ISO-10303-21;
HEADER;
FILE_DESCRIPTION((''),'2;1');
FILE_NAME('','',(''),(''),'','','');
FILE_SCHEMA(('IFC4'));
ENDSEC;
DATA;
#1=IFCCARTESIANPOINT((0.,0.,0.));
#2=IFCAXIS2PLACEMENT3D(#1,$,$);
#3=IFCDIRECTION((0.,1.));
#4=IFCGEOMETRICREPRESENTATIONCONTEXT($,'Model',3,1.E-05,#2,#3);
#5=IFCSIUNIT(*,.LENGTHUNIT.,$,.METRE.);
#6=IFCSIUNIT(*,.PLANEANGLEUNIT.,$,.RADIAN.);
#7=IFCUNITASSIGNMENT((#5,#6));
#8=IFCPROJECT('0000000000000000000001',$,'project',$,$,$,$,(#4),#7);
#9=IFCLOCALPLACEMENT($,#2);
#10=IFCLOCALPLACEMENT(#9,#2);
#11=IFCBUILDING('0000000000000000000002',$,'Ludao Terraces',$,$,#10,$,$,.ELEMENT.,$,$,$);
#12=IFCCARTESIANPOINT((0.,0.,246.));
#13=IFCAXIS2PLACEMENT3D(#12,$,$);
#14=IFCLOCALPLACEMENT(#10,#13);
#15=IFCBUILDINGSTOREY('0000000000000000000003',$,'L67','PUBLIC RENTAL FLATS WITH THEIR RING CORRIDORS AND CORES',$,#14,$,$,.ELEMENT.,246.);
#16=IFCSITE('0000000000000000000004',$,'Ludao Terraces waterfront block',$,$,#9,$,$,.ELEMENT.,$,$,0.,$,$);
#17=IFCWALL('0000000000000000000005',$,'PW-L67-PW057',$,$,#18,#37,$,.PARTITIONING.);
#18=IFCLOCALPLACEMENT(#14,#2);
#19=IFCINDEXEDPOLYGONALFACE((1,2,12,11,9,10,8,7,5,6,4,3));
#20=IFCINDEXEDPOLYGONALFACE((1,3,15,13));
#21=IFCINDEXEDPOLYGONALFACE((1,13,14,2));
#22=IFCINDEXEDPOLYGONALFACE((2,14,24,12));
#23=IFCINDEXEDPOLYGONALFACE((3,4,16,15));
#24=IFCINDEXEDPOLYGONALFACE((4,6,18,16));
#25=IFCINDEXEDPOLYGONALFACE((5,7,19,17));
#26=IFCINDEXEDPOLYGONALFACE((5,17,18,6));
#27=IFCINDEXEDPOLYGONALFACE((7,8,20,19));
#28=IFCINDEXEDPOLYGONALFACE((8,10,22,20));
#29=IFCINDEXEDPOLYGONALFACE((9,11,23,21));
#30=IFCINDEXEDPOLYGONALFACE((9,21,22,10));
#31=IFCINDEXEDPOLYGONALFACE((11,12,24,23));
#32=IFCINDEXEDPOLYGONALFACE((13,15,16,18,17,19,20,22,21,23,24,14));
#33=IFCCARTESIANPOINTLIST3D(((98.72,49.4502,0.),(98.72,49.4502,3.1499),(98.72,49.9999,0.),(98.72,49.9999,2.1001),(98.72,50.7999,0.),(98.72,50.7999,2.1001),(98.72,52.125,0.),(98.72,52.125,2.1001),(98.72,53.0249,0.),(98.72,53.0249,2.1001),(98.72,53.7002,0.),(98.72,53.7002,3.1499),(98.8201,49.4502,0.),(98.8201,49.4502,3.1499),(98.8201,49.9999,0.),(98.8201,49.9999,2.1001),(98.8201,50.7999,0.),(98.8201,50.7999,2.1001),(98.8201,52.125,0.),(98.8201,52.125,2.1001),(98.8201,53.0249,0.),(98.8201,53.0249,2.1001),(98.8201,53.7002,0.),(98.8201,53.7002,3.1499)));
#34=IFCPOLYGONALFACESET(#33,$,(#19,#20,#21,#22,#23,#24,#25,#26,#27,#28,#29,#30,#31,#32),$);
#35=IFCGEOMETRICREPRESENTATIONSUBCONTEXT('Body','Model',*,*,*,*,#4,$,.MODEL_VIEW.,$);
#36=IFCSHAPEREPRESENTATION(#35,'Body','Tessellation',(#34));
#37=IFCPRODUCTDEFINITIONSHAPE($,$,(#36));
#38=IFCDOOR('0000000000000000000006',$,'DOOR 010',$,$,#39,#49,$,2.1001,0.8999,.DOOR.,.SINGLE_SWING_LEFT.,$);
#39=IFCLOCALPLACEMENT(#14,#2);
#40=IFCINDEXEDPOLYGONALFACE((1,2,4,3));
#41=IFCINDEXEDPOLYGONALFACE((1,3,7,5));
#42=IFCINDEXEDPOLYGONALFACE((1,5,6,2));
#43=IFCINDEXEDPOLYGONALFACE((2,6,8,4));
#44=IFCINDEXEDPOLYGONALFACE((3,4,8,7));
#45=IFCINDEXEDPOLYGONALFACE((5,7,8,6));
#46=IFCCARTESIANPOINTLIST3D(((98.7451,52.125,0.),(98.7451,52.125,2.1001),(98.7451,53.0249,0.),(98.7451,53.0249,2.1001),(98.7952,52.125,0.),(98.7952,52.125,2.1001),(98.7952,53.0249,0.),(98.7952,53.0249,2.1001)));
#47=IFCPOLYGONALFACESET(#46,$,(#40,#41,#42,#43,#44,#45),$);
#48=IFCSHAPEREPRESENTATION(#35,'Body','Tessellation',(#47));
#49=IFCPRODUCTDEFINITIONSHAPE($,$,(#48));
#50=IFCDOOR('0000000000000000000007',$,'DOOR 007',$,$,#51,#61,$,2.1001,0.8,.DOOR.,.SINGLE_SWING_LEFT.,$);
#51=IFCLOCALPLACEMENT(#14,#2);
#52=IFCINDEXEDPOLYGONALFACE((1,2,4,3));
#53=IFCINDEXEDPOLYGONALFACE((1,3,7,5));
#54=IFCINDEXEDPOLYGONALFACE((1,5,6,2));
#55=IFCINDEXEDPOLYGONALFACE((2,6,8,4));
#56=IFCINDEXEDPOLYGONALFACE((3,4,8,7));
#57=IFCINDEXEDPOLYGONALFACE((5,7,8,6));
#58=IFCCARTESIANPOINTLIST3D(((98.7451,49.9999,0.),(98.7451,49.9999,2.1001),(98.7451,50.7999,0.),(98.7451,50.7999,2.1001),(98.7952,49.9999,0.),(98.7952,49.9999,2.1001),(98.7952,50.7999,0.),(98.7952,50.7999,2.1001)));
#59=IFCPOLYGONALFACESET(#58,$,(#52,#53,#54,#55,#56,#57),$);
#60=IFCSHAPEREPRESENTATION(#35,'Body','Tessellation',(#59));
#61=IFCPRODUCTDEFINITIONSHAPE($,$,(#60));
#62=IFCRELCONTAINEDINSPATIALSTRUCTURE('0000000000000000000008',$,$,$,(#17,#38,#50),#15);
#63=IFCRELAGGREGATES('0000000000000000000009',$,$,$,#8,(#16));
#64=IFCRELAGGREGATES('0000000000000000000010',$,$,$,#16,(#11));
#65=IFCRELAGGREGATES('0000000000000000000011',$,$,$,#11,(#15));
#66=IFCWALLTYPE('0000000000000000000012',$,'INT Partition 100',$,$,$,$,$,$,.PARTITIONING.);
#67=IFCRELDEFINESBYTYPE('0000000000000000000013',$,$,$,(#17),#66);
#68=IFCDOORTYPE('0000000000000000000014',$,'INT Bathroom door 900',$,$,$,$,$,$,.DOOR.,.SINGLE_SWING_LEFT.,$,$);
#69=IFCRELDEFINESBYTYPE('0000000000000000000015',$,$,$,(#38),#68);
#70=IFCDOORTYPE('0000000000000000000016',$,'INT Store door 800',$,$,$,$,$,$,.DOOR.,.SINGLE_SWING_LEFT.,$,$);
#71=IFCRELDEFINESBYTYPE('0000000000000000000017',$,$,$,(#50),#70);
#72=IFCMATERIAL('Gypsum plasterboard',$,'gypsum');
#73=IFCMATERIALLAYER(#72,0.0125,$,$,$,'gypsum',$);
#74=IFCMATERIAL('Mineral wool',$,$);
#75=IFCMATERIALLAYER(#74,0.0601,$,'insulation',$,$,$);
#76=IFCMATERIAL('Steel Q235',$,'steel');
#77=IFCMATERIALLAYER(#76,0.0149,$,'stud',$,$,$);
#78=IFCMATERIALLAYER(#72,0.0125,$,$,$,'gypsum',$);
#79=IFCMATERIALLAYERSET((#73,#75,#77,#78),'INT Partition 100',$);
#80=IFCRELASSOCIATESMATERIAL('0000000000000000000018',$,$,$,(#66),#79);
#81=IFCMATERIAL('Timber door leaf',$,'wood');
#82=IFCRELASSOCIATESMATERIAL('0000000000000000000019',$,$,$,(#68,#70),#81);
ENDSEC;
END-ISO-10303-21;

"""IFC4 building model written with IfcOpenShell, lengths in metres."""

from ifc_helpers import new_model, si_unit, direction, frame, frame_2d, origin, place, context, subcontext, project, spatial, rectangle, extrude, material, layer, layer_set, type_object, element, fill, save


model = new_model("IFC4")

# Units and contexts
model_context = context("Model", 3, precision=1e-05, world=origin(), true_north=direction((0.0, 1.0)))
body_context = subcontext(model_context, "Body", "Model", "MODEL_VIEW")
ifc_project = project(units=[si_unit("LENGTHUNIT", "METRE"), si_unit("PLANEANGLEUNIT", "RADIAN")], contexts=[model_context])

# Site, building, storey
site_placement = place(None, origin())
site = spatial("IfcSite", under=ifc_project, at=site_placement, Name="Ludao Terraces waterfront block", CompositionType="ELEMENT", RefElevation=0.0)
building_placement = place(site_placement, origin())
building = spatial("IfcBuilding", under=site, at=building_placement, Name="Ludao Terraces", CompositionType="ELEMENT")
storey_placement = place(building_placement, frame((0.0, 0.0, 246.0)))
storey = spatial("IfcBuildingStorey", under=building, at=storey_placement, Name="L67", Description="PUBLIC RENTAL FLATS WITH THEIR RING CORRIDORS AND CORES", CompositionType="ELEMENT", Elevation=246.0)

# Shared definitions
ifc_material_1 = material(Name="Mineral wool")

# Wall, openings, doors
ifc_material_2 = material(Name="Steel Q235", Category="steel")
ifc_material_3 = material(Name="Gypsum plasterboard", Category="gypsum")
ifc_layer_1 = layer(ifc_material_3, 0.0125, Category="gypsum")
ifc_layer_2 = layer(ifc_material_1, 0.0601, Name="insulation")
ifc_layer_3 = layer(ifc_material_2, 0.0149, Name="stud")
ifc_layer_4 = layer(ifc_material_3, 0.0125, Category="gypsum")
ifc_layer_set_1 = layer_set([ifc_layer_1, ifc_layer_2, ifc_layer_3, ifc_layer_4], Name="INT Partition 100")
wall_type_1 = type_object("IfcWallType", Name="INT Partition 100", PredefinedType="PARTITIONING", material=ifc_layer_set_1)
wall_1_placement = place(storey_placement, frame((98.77, 49.4502, 0.0), z_axis=(0.0, 0.0, 1.0), x_axis=(0.0, 1.0, 0.0)))
wall_1 = element("IfcWall", 1, at=wall_1_placement, inside=storey, type_object=wall_type_1, Name="PW-L67-PW057", PredefinedType="PARTITIONING", context=body_context, shape_type="SweptSolid", body=[
    extrude(rectangle(XDim=4.25, YDim=0.1001, at=frame_2d((2.125, 0.0))), origin(), (0.0, 0.0, 1.0), 3.1499),
])
opening_1_placement = place(wall_1_placement, frame((0.5498, 0.0, 0.0)))
opening_1 = element("IfcOpeningElement", 2, at=opening_1_placement, cuts=wall_1, PredefinedType="OPENING", context=body_context, shape_type="SweptSolid", body=[
    extrude(rectangle(XDim=0.8, YDim=2.1001, at=frame_2d((0.3999, 1.05))), frame((0.0, 0.0601, 0.0), z_axis=(0.0, -1.0, 0.0), x_axis=(1.0, 0.0, 0.0)), (0.0, 0.0, 1.0), 0.1201),
])
opening_2_placement = place(wall_1_placement, frame((2.6748, 0.0, 0.0)))
opening_2 = element("IfcOpeningElement", 3, at=opening_2_placement, cuts=wall_1, PredefinedType="OPENING", context=body_context, shape_type="SweptSolid", body=[
    extrude(rectangle(XDim=0.8999, YDim=2.1001, at=frame_2d((0.45, 1.05))), frame((0.0, 0.0601, 0.0), z_axis=(0.0, -1.0, 0.0), x_axis=(1.0, 0.0, 0.0)), (0.0, 0.0, 1.0), 0.1201),
])
ifc_material_4 = material(Name="Timber door leaf", Category="wood")
door_type_1 = type_object("IfcDoorType", Name="INT Bathroom door 900", OperationType="SINGLE_SWING_LEFT", PredefinedType="DOOR", material=ifc_material_4)
door_1_placement = place(opening_2_placement, origin())
door_1 = element("IfcDoor", 4, at=door_1_placement, inside=storey, type_object=door_type_1, Name="DOOR 010", OperationType="SINGLE_SWING_LEFT", OverallHeight=2.1001, OverallWidth=0.8999, PredefinedType="DOOR", context=body_context, shape_type="SweptSolid", body=[
    extrude(rectangle(XDim=0.8999, YDim=2.1001, at=frame_2d((0.45, 1.05))), frame((0.0, 0.0249, 0.0), z_axis=(0.0, -1.0, 0.0), x_axis=(1.0, 0.0, 0.0)), (0.0, 0.0, 1.0), 0.05),
])
fill(opening_2, door_1)
door_type_2 = type_object("IfcDoorType", Name="INT Store door 800", OperationType="SINGLE_SWING_LEFT", PredefinedType="DOOR", material=ifc_material_4)
door_2_placement = place(opening_1_placement, origin())
door_2 = element("IfcDoor", 5, at=door_2_placement, inside=storey, type_object=door_type_2, Name="DOOR 007", OperationType="SINGLE_SWING_LEFT", OverallHeight=2.1001, OverallWidth=0.8, PredefinedType="DOOR", context=body_context, shape_type="SweptSolid", body=[
    extrude(rectangle(XDim=0.8, YDim=2.1001, at=frame_2d((0.3999, 1.05))), frame((0.0, 0.0249, 0.0), z_axis=(0.0, -1.0, 0.0), x_axis=(1.0, 0.0, 0.0)), (0.0, 0.0, 1.0), 0.05),
])
fill(opening_1, door_2)

save(model, "model.ifc")
